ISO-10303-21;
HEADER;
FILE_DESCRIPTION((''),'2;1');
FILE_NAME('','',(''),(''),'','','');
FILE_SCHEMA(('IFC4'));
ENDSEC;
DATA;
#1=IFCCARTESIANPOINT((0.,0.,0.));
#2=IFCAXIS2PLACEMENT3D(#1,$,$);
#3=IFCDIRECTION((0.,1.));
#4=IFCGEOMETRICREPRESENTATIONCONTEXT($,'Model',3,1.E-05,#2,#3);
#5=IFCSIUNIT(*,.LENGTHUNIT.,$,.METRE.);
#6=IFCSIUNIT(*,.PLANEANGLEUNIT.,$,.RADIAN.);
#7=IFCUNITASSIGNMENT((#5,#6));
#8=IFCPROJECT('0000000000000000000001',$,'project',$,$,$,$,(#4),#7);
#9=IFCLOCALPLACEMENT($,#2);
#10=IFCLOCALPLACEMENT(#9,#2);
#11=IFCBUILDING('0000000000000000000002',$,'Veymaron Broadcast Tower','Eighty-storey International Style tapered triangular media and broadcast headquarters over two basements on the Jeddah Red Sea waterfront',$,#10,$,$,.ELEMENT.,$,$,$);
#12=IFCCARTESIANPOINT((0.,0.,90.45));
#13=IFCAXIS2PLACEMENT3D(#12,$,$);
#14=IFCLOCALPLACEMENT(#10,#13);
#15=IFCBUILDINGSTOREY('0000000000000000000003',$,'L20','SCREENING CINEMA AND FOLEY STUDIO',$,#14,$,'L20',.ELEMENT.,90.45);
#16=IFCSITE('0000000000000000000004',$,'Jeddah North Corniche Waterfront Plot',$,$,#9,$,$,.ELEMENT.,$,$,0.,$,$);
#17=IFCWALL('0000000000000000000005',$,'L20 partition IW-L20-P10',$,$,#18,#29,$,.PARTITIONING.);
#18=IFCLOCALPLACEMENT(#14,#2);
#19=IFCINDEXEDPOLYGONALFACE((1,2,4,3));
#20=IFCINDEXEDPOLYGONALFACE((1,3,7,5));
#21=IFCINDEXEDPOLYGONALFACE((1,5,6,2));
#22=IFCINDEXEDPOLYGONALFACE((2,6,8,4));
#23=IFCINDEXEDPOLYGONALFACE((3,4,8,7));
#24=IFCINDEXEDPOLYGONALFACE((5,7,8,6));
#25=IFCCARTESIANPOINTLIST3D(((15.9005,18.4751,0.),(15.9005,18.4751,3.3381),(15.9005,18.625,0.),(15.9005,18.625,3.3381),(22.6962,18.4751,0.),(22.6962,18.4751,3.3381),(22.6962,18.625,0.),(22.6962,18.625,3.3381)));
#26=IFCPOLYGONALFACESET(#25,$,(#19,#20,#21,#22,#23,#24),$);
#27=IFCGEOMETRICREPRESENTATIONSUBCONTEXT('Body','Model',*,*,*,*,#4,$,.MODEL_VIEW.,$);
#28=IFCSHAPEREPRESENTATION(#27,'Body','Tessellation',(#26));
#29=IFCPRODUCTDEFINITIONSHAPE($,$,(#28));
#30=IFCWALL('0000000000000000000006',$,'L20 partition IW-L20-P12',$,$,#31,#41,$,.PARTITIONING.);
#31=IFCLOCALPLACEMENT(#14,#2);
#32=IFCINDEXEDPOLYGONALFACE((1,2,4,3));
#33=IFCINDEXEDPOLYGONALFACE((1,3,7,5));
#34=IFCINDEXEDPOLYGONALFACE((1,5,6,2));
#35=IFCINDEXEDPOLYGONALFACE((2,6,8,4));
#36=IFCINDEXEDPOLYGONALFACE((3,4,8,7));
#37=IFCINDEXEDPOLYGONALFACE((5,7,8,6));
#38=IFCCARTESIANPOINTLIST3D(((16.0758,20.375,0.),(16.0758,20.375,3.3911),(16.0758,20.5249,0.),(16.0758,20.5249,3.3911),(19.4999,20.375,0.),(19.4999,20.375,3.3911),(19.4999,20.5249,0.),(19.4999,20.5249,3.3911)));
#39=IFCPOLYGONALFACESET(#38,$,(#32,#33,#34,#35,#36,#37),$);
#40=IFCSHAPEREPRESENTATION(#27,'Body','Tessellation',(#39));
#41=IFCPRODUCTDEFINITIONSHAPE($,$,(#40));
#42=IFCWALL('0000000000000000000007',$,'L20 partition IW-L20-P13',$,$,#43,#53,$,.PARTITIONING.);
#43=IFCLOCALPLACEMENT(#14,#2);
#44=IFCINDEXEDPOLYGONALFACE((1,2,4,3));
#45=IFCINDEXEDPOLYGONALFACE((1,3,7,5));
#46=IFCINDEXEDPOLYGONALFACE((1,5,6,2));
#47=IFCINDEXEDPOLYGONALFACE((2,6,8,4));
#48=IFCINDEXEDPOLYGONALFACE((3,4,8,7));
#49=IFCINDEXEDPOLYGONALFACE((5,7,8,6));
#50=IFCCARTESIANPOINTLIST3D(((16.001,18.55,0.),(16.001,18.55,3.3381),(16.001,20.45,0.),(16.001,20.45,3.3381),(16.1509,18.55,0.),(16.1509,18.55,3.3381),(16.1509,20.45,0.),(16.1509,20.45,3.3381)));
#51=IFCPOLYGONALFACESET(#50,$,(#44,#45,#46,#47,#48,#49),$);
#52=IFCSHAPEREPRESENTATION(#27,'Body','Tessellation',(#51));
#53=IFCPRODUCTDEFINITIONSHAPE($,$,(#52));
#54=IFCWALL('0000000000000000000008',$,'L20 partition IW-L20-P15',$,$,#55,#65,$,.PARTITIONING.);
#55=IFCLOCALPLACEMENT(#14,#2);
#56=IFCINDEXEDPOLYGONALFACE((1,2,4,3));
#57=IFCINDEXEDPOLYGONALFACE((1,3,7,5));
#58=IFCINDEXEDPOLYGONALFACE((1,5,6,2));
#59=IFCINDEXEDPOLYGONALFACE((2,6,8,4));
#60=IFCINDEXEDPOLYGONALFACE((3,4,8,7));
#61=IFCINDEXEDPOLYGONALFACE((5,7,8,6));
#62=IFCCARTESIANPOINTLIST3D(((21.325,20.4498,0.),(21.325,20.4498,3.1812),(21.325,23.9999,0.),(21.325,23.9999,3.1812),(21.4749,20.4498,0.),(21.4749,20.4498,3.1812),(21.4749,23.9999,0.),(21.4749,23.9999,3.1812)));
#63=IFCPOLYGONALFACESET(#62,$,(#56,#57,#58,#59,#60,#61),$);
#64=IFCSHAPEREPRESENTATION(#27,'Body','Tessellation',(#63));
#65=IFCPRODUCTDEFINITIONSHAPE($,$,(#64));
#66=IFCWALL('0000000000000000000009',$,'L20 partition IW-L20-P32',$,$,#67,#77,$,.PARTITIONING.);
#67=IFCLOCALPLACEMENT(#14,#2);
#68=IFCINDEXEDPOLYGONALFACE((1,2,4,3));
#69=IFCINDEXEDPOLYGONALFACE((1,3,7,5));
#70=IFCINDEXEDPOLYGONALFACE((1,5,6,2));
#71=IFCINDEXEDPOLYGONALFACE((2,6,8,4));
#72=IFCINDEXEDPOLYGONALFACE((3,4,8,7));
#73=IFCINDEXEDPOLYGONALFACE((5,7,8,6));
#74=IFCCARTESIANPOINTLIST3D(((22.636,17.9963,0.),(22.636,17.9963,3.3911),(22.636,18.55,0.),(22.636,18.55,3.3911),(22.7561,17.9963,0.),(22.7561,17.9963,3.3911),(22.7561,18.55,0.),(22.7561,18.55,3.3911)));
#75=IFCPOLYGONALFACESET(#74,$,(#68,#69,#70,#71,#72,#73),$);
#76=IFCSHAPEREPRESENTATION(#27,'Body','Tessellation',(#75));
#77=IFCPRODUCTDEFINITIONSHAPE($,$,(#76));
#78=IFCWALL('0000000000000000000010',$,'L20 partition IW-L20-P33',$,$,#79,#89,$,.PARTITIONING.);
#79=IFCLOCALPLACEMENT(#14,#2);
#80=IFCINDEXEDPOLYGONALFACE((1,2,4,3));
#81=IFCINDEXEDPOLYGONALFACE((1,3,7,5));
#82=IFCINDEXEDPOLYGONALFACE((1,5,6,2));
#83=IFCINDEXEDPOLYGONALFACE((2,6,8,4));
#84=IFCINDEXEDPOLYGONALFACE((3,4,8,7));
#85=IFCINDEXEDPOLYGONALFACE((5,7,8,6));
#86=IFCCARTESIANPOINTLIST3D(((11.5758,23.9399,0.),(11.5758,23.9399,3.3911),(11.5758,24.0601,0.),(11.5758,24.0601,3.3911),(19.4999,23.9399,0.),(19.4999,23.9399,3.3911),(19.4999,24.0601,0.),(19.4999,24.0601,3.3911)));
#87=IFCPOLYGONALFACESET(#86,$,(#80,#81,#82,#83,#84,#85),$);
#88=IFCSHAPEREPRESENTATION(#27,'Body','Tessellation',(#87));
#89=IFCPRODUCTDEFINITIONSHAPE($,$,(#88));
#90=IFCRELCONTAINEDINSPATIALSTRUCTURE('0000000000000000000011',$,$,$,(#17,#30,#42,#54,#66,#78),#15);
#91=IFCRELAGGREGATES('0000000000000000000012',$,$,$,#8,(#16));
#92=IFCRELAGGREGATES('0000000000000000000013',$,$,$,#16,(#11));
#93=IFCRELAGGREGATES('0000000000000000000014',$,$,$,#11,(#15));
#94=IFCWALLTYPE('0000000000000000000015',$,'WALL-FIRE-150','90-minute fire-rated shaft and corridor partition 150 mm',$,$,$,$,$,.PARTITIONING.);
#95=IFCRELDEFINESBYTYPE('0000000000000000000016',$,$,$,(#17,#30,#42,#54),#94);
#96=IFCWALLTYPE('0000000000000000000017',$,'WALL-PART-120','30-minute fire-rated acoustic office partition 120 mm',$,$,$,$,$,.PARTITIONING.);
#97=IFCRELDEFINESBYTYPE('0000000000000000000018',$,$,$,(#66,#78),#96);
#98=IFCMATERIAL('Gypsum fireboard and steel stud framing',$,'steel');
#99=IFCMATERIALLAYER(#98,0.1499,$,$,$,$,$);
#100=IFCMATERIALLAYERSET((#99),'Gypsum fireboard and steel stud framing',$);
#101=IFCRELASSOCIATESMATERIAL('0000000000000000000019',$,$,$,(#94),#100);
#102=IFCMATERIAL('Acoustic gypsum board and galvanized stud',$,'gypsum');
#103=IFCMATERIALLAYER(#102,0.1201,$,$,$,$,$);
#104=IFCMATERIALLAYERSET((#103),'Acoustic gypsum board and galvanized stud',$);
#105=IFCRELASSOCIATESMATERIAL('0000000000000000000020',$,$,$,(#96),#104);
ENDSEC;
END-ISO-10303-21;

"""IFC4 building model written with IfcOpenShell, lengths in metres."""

from ifc_helpers import new_model, si_unit, direction, frame, frame_2d, origin, place, context, subcontext, project, spatial, rectangle, extrude, material, layer, layer_set, type_object, element, save


model = new_model("IFC4")

# Units and contexts
model_context = context("Model", 3, precision=1e-05, world=origin(), true_north=direction((0.0, 1.0)))
body_context = subcontext(model_context, "Body", "Model", "MODEL_VIEW")
ifc_project = project(units=[si_unit("LENGTHUNIT", "METRE"), si_unit("PLANEANGLEUNIT", "RADIAN")], contexts=[model_context])

# Site, building, storey
site_placement = place(None, origin())
site = spatial("IfcSite", under=ifc_project, at=site_placement, Name="Jeddah North Corniche Waterfront Plot", CompositionType="ELEMENT", RefElevation=0.0)
building_placement = place(site_placement, origin())
building = spatial("IfcBuilding", under=site, at=building_placement, Name="Veymaron Broadcast Tower", Description="Eighty-storey International Style tapered triangular media and broadcast headquarters over two basements on the Jeddah Red Sea waterfront", CompositionType="ELEMENT")
storey_placement = place(building_placement, frame((0.0, 0.0, 90.45)))
storey = spatial("IfcBuildingStorey", under=building, at=storey_placement, Name="L20", Description="SCREENING CINEMA AND FOLEY STUDIO", LongName="L20", CompositionType="ELEMENT", Elevation=90.45)

# Shared definitions
ifc_material_1 = material(Name="Gypsum fireboard and steel stud framing", Category="steel")
ifc_layer_1 = layer(ifc_material_1, 0.1499)
ifc_layer_set_1 = layer_set([ifc_layer_1], Name="Gypsum fireboard and steel stud framing")
wall_type_1 = type_object("IfcWallType", Name="WALL-FIRE-150", Description="90-minute fire-rated shaft and corridor partition 150 mm", PredefinedType="PARTITIONING", material=ifc_layer_set_1)

# Walls
wall_1_placement = place(storey_placement, frame((15.9004, 18.55, 0.0), z_axis=(0.0, 0.0, 1.0), x_axis=(1.0, 0.0, 0.0)))
element("IfcWall", 1, at=wall_1_placement, inside=storey, type_object=wall_type_1, Name="L20 partition IW-L20-P10", PredefinedType="PARTITIONING", context=body_context, shape_type="SweptSolid", body=[
    extrude(rectangle(XDim=6.7957, YDim=0.1499, at=frame_2d((3.3979, 0.0))), origin(), (0.0, 0.0, 1.0), 3.3381),
])
wall_2_placement = place(storey_placement, frame((16.0759, 20.45, 0.0), z_axis=(0.0, 0.0, 1.0), x_axis=(1.0, 0.0, 0.0)))
element("IfcWall", 2, at=wall_2_placement, inside=storey, type_object=wall_type_1, Name="L20 partition IW-L20-P12", PredefinedType="PARTITIONING", context=body_context, shape_type="SweptSolid", body=[
    extrude(rectangle(XDim=3.4241, YDim=0.1499, at=frame_2d((1.7119, 0.0))), origin(), (0.0, 0.0, 1.0), 3.3911),
])
wall_3_placement = place(storey_placement, frame((16.0759, 18.55, 0.0), z_axis=(0.0, 0.0, 1.0), x_axis=(0.0, 1.0, 0.0)))
element("IfcWall", 3, at=wall_3_placement, inside=storey, type_object=wall_type_1, Name="L20 partition IW-L20-P13", PredefinedType="PARTITIONING", context=body_context, shape_type="SweptSolid", body=[
    extrude(rectangle(XDim=1.8999, YDim=0.1499, at=frame_2d((0.95, 0.0))), origin(), (0.0, 0.0, 1.0), 3.3381),
])
wall_4_placement = place(storey_placement, frame((21.3999, 20.45, 0.0), z_axis=(0.0, 0.0, 1.0), x_axis=(0.0, 1.0, 0.0)))
element("IfcWall", 4, at=wall_4_placement, inside=storey, type_object=wall_type_1, Name="L20 partition IW-L20-P15", PredefinedType="PARTITIONING", context=body_context, shape_type="SweptSolid", body=[
    extrude(rectangle(XDim=3.55, YDim=0.1499, at=frame_2d((1.7749, 0.0))), origin(), (0.0, 0.0, 1.0), 3.1812),
])
ifc_material_2 = material(Name="Acoustic gypsum board and galvanized stud", Category="gypsum")
ifc_layer_2 = layer(ifc_material_2, 0.1201)
ifc_layer_set_2 = layer_set([ifc_layer_2], Name="Acoustic gypsum board and galvanized stud")
wall_type_2 = type_object("IfcWallType", Name="WALL-PART-120", Description="30-minute fire-rated acoustic office partition 120 mm", PredefinedType="PARTITIONING", material=ifc_layer_set_2)
wall_5_placement = place(storey_placement, frame((22.696, 17.9963, 0.0), z_axis=(0.0, 0.0, 1.0), x_axis=(0.0, 1.0, 0.0)))
element("IfcWall", 5, at=wall_5_placement, inside=storey, type_object=wall_type_2, Name="L20 partition IW-L20-P32", PredefinedType="PARTITIONING", context=body_context, shape_type="SweptSolid", body=[
    extrude(rectangle(XDim=0.5537, YDim=0.1201, at=frame_2d((0.2769, 0.0))), origin(), (0.0, 0.0, 1.0), 3.3911),
])
wall_6_placement = place(storey_placement, frame((11.5759, 24.0, 0.0), z_axis=(0.0, 0.0, 1.0), x_axis=(1.0, 0.0, 0.0)))
element("IfcWall", 6, at=wall_6_placement, inside=storey, type_object=wall_type_2, Name="L20 partition IW-L20-P33", PredefinedType="PARTITIONING", context=body_context, shape_type="SweptSolid", body=[
    extrude(rectangle(XDim=7.9241, YDim=0.1201, at=frame_2d((3.9619, 0.0))), origin(), (0.0, 0.0, 1.0), 3.3911),
])

save(model, "model.ifc")
